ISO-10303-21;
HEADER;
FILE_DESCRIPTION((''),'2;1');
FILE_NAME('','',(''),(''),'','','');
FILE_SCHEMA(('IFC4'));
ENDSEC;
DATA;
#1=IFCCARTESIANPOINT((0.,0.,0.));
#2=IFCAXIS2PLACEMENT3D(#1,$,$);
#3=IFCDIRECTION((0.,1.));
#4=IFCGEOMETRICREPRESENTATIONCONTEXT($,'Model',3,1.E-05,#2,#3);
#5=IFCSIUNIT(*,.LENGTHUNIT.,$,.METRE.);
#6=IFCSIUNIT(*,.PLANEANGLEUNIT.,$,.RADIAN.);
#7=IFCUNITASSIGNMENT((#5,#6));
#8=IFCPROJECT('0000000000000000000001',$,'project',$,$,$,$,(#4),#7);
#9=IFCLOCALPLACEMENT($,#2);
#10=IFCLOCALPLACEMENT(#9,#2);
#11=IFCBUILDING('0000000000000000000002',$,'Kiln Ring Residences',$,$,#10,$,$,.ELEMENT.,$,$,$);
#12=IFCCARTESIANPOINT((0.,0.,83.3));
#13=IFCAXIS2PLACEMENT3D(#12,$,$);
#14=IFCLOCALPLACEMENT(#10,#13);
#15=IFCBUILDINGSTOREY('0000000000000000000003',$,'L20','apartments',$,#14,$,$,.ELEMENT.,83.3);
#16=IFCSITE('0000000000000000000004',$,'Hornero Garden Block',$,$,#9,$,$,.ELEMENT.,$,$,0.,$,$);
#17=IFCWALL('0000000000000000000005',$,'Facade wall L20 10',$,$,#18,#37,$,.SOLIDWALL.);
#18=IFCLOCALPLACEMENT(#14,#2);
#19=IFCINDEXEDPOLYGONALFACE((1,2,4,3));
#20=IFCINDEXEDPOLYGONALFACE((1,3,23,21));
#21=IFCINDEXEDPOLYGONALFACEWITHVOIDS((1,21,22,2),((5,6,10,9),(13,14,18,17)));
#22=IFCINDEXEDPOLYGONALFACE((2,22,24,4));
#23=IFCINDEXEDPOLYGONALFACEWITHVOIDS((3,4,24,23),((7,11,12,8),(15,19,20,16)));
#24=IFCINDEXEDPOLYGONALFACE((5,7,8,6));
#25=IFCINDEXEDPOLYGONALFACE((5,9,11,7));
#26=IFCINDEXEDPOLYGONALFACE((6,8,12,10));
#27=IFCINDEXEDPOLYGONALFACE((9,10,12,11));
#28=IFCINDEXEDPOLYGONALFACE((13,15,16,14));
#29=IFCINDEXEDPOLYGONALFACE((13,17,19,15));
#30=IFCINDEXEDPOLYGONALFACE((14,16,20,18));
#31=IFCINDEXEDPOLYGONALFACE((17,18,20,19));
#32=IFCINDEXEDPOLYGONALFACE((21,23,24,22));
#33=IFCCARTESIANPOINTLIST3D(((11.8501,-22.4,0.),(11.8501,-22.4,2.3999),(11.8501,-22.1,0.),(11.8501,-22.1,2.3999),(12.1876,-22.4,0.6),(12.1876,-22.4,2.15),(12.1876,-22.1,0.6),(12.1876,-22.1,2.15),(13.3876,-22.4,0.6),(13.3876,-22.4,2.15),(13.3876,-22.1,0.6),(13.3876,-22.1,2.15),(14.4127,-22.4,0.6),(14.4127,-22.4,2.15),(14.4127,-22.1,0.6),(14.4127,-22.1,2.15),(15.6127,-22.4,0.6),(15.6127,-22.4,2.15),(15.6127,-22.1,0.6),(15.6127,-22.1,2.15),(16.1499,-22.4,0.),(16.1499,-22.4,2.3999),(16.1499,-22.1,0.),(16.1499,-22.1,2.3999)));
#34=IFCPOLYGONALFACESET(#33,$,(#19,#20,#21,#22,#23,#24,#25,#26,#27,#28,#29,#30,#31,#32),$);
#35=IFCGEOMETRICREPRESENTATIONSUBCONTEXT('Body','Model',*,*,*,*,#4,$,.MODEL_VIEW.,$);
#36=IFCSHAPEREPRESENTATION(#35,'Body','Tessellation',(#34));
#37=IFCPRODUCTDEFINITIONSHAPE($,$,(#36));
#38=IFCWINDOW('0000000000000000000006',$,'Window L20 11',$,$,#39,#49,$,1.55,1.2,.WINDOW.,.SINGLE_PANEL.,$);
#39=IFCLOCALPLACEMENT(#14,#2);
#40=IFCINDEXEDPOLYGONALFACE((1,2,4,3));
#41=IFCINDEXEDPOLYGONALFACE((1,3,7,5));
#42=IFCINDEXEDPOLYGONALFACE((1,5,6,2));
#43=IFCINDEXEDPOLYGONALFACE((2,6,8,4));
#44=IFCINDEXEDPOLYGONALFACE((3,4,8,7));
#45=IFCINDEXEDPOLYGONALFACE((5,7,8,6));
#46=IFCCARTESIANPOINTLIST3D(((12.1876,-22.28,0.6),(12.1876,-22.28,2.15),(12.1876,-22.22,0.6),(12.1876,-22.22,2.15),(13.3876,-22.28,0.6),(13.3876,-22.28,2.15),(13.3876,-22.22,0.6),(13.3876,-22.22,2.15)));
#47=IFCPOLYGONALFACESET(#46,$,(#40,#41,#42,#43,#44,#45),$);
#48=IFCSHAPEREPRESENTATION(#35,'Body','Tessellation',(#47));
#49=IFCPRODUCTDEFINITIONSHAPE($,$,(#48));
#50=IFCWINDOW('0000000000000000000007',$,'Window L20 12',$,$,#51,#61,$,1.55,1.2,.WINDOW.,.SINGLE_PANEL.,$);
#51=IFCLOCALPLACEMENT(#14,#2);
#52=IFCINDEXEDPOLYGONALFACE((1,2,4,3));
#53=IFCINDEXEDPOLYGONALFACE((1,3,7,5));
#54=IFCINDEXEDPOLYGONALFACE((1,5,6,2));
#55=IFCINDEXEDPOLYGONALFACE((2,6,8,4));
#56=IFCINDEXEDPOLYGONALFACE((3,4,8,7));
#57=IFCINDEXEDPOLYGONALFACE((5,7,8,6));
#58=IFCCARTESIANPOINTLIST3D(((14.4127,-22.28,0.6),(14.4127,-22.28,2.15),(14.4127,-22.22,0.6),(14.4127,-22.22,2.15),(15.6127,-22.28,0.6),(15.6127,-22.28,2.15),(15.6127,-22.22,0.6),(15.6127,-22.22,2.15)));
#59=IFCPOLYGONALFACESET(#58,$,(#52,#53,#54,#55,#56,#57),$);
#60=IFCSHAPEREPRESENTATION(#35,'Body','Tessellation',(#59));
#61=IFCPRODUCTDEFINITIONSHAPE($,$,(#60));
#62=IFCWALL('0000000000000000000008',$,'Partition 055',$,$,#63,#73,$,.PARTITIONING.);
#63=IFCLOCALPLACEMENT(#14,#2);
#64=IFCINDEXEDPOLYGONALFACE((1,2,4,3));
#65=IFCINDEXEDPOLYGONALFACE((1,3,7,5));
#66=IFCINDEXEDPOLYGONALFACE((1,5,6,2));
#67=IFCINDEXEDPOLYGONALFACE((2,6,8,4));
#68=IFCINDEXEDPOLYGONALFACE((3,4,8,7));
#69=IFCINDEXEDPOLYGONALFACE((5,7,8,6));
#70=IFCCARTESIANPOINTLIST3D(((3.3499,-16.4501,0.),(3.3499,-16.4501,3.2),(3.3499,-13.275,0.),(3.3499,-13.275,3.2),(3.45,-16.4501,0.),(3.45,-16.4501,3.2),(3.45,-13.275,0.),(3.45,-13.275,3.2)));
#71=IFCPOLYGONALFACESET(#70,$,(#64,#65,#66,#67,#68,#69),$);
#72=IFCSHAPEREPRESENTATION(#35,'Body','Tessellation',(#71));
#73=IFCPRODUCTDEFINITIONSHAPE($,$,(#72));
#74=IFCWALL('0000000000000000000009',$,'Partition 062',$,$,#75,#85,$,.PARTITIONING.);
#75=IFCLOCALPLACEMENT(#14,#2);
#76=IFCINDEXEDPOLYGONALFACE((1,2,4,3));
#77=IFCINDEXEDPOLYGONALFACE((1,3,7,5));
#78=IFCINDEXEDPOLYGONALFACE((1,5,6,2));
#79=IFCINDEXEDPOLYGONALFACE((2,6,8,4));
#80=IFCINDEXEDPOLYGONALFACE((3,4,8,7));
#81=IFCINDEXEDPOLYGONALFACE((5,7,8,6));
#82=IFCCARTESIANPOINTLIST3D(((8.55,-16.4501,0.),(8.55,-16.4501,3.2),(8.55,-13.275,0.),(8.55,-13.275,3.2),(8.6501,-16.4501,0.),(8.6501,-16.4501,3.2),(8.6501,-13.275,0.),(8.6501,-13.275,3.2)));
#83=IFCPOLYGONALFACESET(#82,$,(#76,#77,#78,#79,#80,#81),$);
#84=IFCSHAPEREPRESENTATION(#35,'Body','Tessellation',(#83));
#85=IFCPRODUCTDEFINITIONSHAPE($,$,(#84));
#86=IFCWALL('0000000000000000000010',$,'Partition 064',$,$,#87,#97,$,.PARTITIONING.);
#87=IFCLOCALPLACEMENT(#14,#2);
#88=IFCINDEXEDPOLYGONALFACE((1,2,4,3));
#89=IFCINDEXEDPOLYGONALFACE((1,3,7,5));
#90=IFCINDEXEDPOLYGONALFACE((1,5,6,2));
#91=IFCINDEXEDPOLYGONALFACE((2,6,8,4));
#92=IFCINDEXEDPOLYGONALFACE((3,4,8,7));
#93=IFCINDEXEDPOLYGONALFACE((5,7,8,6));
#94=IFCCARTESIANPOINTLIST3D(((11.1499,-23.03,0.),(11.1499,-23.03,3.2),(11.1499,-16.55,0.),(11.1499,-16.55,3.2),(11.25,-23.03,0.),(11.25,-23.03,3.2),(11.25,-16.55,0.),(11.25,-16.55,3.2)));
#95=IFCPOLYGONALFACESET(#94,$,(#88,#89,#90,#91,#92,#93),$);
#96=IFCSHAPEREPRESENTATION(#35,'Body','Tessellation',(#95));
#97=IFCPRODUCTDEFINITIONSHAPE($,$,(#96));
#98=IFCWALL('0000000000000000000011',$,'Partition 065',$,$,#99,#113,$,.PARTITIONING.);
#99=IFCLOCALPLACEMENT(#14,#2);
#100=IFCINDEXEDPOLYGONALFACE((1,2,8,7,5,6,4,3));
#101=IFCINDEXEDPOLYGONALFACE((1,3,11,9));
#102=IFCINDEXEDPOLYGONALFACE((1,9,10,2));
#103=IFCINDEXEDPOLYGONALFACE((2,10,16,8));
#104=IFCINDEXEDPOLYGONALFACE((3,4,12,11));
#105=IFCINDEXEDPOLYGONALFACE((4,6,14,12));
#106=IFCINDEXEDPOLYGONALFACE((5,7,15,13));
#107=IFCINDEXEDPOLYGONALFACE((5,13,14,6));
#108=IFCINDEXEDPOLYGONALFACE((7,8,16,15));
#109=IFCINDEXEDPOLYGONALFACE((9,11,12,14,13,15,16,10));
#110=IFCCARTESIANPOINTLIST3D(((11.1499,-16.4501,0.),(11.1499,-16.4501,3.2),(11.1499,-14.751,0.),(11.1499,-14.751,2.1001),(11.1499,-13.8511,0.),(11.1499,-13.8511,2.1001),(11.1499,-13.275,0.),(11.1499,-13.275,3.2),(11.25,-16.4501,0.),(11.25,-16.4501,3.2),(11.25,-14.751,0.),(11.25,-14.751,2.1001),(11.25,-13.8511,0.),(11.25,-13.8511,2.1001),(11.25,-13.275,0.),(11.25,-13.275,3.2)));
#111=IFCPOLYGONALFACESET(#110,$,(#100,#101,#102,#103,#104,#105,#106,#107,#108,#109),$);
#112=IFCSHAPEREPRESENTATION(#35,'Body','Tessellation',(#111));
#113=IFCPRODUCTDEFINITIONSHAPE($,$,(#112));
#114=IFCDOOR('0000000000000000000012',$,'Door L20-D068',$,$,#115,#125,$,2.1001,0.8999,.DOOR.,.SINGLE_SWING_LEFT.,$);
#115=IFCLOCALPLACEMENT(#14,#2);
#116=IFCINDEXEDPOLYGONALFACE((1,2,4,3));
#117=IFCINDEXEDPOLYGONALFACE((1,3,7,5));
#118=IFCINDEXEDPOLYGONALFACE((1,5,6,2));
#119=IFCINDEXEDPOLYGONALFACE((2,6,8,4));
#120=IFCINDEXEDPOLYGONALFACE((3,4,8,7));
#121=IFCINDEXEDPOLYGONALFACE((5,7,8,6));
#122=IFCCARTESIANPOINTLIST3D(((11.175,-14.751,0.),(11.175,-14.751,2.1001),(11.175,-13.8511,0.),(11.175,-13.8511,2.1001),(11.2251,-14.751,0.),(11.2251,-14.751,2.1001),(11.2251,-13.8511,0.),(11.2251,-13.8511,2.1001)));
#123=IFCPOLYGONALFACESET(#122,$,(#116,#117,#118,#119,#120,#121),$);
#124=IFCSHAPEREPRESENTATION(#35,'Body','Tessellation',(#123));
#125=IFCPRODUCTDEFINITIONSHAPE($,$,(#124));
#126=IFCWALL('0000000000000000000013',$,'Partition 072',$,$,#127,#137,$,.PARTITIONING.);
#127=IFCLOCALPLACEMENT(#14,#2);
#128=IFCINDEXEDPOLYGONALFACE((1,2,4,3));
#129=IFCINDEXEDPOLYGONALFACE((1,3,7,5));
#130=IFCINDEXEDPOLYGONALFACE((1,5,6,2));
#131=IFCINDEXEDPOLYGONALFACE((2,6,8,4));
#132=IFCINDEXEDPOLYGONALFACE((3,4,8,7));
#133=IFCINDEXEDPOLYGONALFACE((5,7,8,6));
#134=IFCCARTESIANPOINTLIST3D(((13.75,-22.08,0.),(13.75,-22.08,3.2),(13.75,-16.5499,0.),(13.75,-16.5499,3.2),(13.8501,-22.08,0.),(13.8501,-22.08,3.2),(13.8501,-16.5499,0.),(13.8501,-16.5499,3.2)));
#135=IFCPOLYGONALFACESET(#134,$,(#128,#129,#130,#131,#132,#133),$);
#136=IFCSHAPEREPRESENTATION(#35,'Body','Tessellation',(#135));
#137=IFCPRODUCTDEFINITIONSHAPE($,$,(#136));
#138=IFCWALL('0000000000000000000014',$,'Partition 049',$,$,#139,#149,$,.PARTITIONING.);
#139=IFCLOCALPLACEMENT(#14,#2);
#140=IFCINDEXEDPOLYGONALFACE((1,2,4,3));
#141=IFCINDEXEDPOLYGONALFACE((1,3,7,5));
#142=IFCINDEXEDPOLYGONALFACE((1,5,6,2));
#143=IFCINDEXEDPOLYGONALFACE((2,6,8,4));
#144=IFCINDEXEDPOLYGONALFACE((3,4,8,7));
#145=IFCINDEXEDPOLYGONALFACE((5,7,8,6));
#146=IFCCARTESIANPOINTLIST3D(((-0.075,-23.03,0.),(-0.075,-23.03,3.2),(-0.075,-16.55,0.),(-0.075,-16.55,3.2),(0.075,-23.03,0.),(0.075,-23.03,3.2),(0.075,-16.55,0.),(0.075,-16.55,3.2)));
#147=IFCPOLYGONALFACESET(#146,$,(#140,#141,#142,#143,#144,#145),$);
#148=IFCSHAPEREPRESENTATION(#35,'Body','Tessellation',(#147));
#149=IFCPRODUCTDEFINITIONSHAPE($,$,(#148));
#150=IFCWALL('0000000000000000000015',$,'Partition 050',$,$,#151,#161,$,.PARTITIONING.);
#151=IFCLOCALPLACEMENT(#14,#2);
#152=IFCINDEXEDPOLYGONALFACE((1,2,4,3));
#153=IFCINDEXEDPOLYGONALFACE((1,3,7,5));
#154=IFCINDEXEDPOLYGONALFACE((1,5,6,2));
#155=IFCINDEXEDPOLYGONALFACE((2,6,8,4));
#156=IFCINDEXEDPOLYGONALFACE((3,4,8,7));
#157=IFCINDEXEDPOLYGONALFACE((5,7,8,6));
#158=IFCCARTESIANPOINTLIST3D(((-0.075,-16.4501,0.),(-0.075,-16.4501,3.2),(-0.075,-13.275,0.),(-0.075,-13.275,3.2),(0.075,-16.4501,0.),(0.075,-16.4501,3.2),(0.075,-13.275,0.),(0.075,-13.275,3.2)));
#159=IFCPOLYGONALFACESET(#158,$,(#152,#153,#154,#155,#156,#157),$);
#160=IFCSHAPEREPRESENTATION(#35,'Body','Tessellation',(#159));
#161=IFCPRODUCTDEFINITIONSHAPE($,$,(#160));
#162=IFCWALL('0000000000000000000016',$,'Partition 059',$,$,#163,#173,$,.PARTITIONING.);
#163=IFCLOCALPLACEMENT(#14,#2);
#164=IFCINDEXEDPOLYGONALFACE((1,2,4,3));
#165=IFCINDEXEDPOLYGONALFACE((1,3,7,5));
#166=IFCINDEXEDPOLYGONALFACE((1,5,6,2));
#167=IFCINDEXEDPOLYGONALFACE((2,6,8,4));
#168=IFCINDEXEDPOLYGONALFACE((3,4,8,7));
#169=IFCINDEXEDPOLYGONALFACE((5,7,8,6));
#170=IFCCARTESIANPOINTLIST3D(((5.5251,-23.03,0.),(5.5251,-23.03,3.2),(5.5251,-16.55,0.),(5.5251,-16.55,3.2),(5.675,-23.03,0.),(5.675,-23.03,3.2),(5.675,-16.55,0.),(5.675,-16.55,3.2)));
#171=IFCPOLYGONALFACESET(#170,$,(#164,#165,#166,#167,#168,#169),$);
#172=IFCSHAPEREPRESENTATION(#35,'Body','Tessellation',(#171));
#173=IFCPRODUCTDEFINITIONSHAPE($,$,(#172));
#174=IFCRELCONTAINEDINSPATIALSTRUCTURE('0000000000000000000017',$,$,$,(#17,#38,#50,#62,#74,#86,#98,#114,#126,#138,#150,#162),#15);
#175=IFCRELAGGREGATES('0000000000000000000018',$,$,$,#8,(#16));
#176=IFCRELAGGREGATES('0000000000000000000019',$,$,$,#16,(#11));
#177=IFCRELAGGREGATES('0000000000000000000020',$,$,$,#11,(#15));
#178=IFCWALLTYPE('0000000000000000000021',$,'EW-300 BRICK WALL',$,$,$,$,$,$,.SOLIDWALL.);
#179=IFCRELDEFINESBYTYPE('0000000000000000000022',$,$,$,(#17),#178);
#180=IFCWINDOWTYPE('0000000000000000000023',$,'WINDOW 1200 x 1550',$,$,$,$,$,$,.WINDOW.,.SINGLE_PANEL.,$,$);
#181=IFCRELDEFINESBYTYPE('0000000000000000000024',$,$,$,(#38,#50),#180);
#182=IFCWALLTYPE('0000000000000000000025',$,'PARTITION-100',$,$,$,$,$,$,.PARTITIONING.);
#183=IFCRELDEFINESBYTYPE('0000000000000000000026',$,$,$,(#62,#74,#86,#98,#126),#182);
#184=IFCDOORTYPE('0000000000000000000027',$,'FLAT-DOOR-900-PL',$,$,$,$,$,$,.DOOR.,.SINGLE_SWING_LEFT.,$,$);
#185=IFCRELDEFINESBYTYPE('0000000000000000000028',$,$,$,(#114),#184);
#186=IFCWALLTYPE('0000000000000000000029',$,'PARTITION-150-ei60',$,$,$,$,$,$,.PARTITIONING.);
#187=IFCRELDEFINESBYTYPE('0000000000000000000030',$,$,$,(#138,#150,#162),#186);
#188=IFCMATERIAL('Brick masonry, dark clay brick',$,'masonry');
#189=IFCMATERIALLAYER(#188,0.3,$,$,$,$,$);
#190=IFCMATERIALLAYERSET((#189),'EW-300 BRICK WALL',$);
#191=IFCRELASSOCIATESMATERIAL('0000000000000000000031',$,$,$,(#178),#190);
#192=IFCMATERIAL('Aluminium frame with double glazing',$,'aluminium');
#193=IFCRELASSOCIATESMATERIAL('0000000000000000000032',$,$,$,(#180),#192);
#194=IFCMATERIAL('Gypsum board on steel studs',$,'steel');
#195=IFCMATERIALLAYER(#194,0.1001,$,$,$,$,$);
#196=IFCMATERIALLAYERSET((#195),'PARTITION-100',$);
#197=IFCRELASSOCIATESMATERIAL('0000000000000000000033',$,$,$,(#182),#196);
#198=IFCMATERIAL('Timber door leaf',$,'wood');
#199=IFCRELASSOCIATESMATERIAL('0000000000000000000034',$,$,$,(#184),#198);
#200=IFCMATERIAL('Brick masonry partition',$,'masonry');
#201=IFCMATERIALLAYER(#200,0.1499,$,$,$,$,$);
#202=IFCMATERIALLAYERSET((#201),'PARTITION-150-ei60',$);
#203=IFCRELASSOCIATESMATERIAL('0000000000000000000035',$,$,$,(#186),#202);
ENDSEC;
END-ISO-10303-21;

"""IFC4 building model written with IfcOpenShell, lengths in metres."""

from ifc_helpers import new_model, si_unit, direction, frame, frame_2d, origin, place, context, subcontext, project, spatial, rectangle, extrude, material, layer, layer_set, type_object, element, fill, save


model = new_model("IFC4")

# Units and contexts
model_context = context("Model", 3, precision=1e-05, world=origin(), true_north=direction((0.0, 1.0)))
body_context = subcontext(model_context, "Body", "Model", "MODEL_VIEW")
ifc_project = project(units=[si_unit("LENGTHUNIT", "METRE"), si_unit("PLANEANGLEUNIT", "RADIAN")], contexts=[model_context])

# Site, building, storey
site_placement = place(None, origin())
site = spatial("IfcSite", under=ifc_project, at=site_placement, Name="Hornero Garden Block", CompositionType="ELEMENT", RefElevation=0.0)
building_placement = place(site_placement, origin())
building = spatial("IfcBuilding", under=site, at=building_placement, Name="Kiln Ring Residences", CompositionType="ELEMENT")
storey_placement = place(building_placement, frame((0.0, 0.0, 83.3)))
storey = spatial("IfcBuildingStorey", under=building, at=storey_placement, Name="L20", Description="apartments", CompositionType="ELEMENT", Elevation=83.3)

# Shared definitions
ifc_material_1 = material(Name="Brick masonry, dark clay brick", Category="masonry")
ifc_layer_1 = layer(ifc_material_1, 0.3)
ifc_layer_set_1 = layer_set([ifc_layer_1], Name="EW-300 BRICK WALL")
wall_type_1 = type_object("IfcWallType", Name="EW-300 BRICK WALL", PredefinedType="SOLIDWALL", material=ifc_layer_set_1)

# Wall, openings, windows
wall_1_placement = place(storey_placement, frame((11.8501, -22.25, 0.0), z_axis=(0.0, 0.0, 1.0), x_axis=(1.0, 0.0, 0.0)))
wall_1 = element("IfcWall", 1, at=wall_1_placement, inside=storey, type_object=wall_type_1, Name="Facade wall L20 10", PredefinedType="SOLIDWALL", context=body_context, shape_type="SweptSolid", body=[
    extrude(rectangle(XDim=4.2998, YDim=0.3, at=frame_2d((2.1499, 0.0))), origin(), (0.0, 0.0, 1.0), 2.3999),
])
opening_1_placement = place(wall_1_placement, frame((0.3374, 0.0, 0.6001)))
opening_1 = element("IfcOpeningElement", 2, at=opening_1_placement, cuts=wall_1, PredefinedType="OPENING", context=body_context, shape_type="SweptSolid", body=[
    extrude(rectangle(XDim=1.2, YDim=1.55, at=frame_2d((0.6001, 0.7749))), frame((0.0, 0.1599, 0.0), z_axis=(0.0, -1.0, 0.0), x_axis=(1.0, 0.0, 0.0)), (0.0, 0.0, 1.0), 0.3201),
])
opening_2_placement = place(wall_1_placement, frame((2.5625, 0.0, 0.6001)))
opening_2 = element("IfcOpeningElement", 3, at=opening_2_placement, cuts=wall_1, PredefinedType="OPENING", context=body_context, shape_type="SweptSolid", body=[
    extrude(rectangle(XDim=1.2, YDim=1.55, at=frame_2d((0.6001, 0.7749))), frame((0.0, 0.1599, 0.0), z_axis=(0.0, -1.0, 0.0), x_axis=(1.0, 0.0, 0.0)), (0.0, 0.0, 1.0), 0.3201),
])
ifc_material_2 = material(Name="Aluminium frame with double glazing", Category="aluminium")
window_type_1 = type_object("IfcWindowType", Name="WINDOW 1200 x 1550", PartitioningType="SINGLE_PANEL", PredefinedType="WINDOW", material=ifc_material_2)
window_1_placement = place(opening_1_placement, origin())
window_1 = element("IfcWindow", 4, at=window_1_placement, inside=storey, type_object=window_type_1, Name="Window L20 11", OverallHeight=1.55, OverallWidth=1.2, PartitioningType="SINGLE_PANEL", PredefinedType="WINDOW", context=body_context, shape_type="SweptSolid", body=[
    extrude(rectangle(XDim=1.2, YDim=1.55, at=frame_2d((0.6001, 0.7749))), frame((0.0, 0.03, 0.0), z_axis=(0.0, -1.0, 0.0), x_axis=(1.0, 0.0, 0.0)), (0.0, 0.0, 1.0), 0.0601),
])
fill(opening_1, window_1)
window_2_placement = place(opening_2_placement, origin())
window_2 = element("IfcWindow", 5, at=window_2_placement, inside=storey, type_object=window_type_1, Name="Window L20 12", OverallHeight=1.55, OverallWidth=1.2, PartitioningType="SINGLE_PANEL", PredefinedType="WINDOW", context=body_context, shape_type="SweptSolid", body=[
    extrude(rectangle(XDim=1.2, YDim=1.55, at=frame_2d((0.6001, 0.7749))), frame((0.0, 0.03, 0.0), z_axis=(0.0, -1.0, 0.0), x_axis=(1.0, 0.0, 0.0)), (0.0, 0.0, 1.0), 0.0601),
])
fill(opening_2, window_2)

# Walls
ifc_material_3 = material(Name="Gypsum board on steel studs", Category="steel")
ifc_layer_2 = layer(ifc_material_3, 0.1001)
ifc_layer_set_2 = layer_set([ifc_layer_2], Name="PARTITION-100")
wall_type_2 = type_object("IfcWallType", Name="PARTITION-100", PredefinedType="PARTITIONING", material=ifc_layer_set_2)
for number, where, z_axis, x_axis, name in (
    (6, (3.3999, -16.45, 0.0), (0.0, 0.0, 1.0), (0.0, 1.0, 0.0), "Partition 055"),
    (7, (8.6001, -16.45, 0.0), (0.0, 0.0, 1.0), (0.0, 1.0, 0.0), "Partition 062"),
):
    element("IfcWall", number, at=place(storey_placement, frame(where, z_axis=z_axis, x_axis=x_axis)), inside=storey, type_object=wall_type_2, Name=name, PredefinedType="PARTITIONING", context=body_context, shape_type="SweptSolid", body=[
        extrude(rectangle(XDim=3.175, YDim=0.1001, at=frame_2d((1.5874, 0.0))), origin(), (0.0, 0.0, 1.0), 3.2),
    ])
wall_2_placement = place(storey_placement, frame((11.2, -23.03, 0.0), z_axis=(0.0, 0.0, 1.0), x_axis=(0.0, 1.0, 0.0)))
element("IfcWall", 8, at=wall_2_placement, inside=storey, type_object=wall_type_2, Name="Partition 064", PredefinedType="PARTITIONING", context=body_context, shape_type="SweptSolid", body=[
    extrude(rectangle(XDim=6.48, YDim=0.1001, at=frame_2d((3.24, 0.0))), origin(), (0.0, 0.0, 1.0), 3.2),
])

# Wall, opening, door
wall_3_placement = place(storey_placement, frame((11.2, -16.45, 0.0), z_axis=(0.0, 0.0, 1.0), x_axis=(0.0, 1.0, 0.0)))
wall_3 = element("IfcWall", 9, at=wall_3_placement, inside=storey, type_object=wall_type_2, Name="Partition 065", PredefinedType="PARTITIONING", context=body_context, shape_type="SweptSolid", body=[
    extrude(rectangle(XDim=3.175, YDim=0.1001, at=frame_2d((1.5874, 0.0))), origin(), (0.0, 0.0, 1.0), 3.2),
])
opening_3_placement = place(wall_3_placement, frame((1.699, 0.0, 0.0)))
opening_3 = element("IfcOpeningElement", 10, at=opening_3_placement, cuts=wall_3, PredefinedType="OPENING", context=body_context, shape_type="SweptSolid", body=[
    extrude(rectangle(XDim=0.8999, YDim=2.1001, at=frame_2d((0.45, 1.05))), frame((0.0, 0.0601, 0.0), z_axis=(0.0, -1.0, 0.0), x_axis=(1.0, 0.0, 0.0)), (0.0, 0.0, 1.0), 0.1201),
])
ifc_material_4 = material(Name="Timber door leaf", Category="wood")
door_type = type_object("IfcDoorType", Name="FLAT-DOOR-900-PL", OperationType="SINGLE_SWING_LEFT", PredefinedType="DOOR", material=ifc_material_4)
door_placement = place(opening_3_placement, origin())
door = element("IfcDoor", 11, at=door_placement, inside=storey, type_object=door_type, Name="Door L20-D068", OperationType="SINGLE_SWING_LEFT", OverallHeight=2.1001, OverallWidth=0.8999, PredefinedType="DOOR", context=body_context, shape_type="SweptSolid", body=[
    extrude(rectangle(XDim=0.8999, YDim=2.1001, at=frame_2d((0.45, 1.05))), frame((0.0, 0.0249, 0.0), z_axis=(0.0, -1.0, 0.0), x_axis=(1.0, 0.0, 0.0)), (0.0, 0.0, 1.0), 0.05),
])
fill(opening_3, door)

# Walls
wall_4_placement = place(storey_placement, frame((13.8, -22.0801, 0.0), z_axis=(0.0, 0.0, 1.0), x_axis=(0.0, 1.0, 0.0)))
element("IfcWall", 12, at=wall_4_placement, inside=storey, type_object=wall_type_2, Name="Partition 072", PredefinedType="PARTITIONING", context=body_context, shape_type="SweptSolid", body=[
    extrude(rectangle(XDim=5.53, YDim=0.1001, at=frame_2d((2.7651, 0.0))), origin(), (0.0, 0.0, 1.0), 3.2),
])
ifc_material_5 = material(Name="Brick masonry partition", Category="masonry")
ifc_layer_3 = layer(ifc_material_5, 0.1499)
ifc_layer_set_3 = layer_set([ifc_layer_3], Name="PARTITION-150-ei60")
wall_type_3 = type_object("IfcWallType", Name="PARTITION-150-ei60", PredefinedType="PARTITIONING", material=ifc_layer_set_3)
wall_5_placement = place(storey_placement, frame((0.0, -23.03, 0.0), z_axis=(0.0, 0.0, 1.0), x_axis=(0.0, 1.0, 0.0)))
element("IfcWall", 13, at=wall_5_placement, inside=storey, type_object=wall_type_3, Name="Partition 049", PredefinedType="PARTITIONING", context=body_context, shape_type="SweptSolid", body=[
    extrude(rectangle(XDim=6.48, YDim=0.1499, at=frame_2d((3.24, 0.0))), origin(), (0.0, 0.0, 1.0), 3.2),
])
wall_6_placement = place(storey_placement, frame((0.0, -16.45, 0.0), z_axis=(0.0, 0.0, 1.0), x_axis=(0.0, 1.0, 0.0)))
element("IfcWall", 14, at=wall_6_placement, inside=storey, type_object=wall_type_3, Name="Partition 050", PredefinedType="PARTITIONING", context=body_context, shape_type="SweptSolid", body=[
    extrude(rectangle(XDim=3.175, YDim=0.1499, at=frame_2d((1.5874, 0.0))), origin(), (0.0, 0.0, 1.0), 3.2),
])
wall_7_placement = place(storey_placement, frame((5.6001, -23.03, 0.0), z_axis=(0.0, 0.0, 1.0), x_axis=(0.0, 1.0, 0.0)))
element("IfcWall", 15, at=wall_7_placement, inside=storey, type_object=wall_type_3, Name="Partition 059", PredefinedType="PARTITIONING", context=body_context, shape_type="SweptSolid", body=[
    extrude(rectangle(XDim=6.48, YDim=0.1499, at=frame_2d((3.24, 0.0))), origin(), (0.0, 0.0, 1.0), 3.2),
])

save(model, "model.ifc")
